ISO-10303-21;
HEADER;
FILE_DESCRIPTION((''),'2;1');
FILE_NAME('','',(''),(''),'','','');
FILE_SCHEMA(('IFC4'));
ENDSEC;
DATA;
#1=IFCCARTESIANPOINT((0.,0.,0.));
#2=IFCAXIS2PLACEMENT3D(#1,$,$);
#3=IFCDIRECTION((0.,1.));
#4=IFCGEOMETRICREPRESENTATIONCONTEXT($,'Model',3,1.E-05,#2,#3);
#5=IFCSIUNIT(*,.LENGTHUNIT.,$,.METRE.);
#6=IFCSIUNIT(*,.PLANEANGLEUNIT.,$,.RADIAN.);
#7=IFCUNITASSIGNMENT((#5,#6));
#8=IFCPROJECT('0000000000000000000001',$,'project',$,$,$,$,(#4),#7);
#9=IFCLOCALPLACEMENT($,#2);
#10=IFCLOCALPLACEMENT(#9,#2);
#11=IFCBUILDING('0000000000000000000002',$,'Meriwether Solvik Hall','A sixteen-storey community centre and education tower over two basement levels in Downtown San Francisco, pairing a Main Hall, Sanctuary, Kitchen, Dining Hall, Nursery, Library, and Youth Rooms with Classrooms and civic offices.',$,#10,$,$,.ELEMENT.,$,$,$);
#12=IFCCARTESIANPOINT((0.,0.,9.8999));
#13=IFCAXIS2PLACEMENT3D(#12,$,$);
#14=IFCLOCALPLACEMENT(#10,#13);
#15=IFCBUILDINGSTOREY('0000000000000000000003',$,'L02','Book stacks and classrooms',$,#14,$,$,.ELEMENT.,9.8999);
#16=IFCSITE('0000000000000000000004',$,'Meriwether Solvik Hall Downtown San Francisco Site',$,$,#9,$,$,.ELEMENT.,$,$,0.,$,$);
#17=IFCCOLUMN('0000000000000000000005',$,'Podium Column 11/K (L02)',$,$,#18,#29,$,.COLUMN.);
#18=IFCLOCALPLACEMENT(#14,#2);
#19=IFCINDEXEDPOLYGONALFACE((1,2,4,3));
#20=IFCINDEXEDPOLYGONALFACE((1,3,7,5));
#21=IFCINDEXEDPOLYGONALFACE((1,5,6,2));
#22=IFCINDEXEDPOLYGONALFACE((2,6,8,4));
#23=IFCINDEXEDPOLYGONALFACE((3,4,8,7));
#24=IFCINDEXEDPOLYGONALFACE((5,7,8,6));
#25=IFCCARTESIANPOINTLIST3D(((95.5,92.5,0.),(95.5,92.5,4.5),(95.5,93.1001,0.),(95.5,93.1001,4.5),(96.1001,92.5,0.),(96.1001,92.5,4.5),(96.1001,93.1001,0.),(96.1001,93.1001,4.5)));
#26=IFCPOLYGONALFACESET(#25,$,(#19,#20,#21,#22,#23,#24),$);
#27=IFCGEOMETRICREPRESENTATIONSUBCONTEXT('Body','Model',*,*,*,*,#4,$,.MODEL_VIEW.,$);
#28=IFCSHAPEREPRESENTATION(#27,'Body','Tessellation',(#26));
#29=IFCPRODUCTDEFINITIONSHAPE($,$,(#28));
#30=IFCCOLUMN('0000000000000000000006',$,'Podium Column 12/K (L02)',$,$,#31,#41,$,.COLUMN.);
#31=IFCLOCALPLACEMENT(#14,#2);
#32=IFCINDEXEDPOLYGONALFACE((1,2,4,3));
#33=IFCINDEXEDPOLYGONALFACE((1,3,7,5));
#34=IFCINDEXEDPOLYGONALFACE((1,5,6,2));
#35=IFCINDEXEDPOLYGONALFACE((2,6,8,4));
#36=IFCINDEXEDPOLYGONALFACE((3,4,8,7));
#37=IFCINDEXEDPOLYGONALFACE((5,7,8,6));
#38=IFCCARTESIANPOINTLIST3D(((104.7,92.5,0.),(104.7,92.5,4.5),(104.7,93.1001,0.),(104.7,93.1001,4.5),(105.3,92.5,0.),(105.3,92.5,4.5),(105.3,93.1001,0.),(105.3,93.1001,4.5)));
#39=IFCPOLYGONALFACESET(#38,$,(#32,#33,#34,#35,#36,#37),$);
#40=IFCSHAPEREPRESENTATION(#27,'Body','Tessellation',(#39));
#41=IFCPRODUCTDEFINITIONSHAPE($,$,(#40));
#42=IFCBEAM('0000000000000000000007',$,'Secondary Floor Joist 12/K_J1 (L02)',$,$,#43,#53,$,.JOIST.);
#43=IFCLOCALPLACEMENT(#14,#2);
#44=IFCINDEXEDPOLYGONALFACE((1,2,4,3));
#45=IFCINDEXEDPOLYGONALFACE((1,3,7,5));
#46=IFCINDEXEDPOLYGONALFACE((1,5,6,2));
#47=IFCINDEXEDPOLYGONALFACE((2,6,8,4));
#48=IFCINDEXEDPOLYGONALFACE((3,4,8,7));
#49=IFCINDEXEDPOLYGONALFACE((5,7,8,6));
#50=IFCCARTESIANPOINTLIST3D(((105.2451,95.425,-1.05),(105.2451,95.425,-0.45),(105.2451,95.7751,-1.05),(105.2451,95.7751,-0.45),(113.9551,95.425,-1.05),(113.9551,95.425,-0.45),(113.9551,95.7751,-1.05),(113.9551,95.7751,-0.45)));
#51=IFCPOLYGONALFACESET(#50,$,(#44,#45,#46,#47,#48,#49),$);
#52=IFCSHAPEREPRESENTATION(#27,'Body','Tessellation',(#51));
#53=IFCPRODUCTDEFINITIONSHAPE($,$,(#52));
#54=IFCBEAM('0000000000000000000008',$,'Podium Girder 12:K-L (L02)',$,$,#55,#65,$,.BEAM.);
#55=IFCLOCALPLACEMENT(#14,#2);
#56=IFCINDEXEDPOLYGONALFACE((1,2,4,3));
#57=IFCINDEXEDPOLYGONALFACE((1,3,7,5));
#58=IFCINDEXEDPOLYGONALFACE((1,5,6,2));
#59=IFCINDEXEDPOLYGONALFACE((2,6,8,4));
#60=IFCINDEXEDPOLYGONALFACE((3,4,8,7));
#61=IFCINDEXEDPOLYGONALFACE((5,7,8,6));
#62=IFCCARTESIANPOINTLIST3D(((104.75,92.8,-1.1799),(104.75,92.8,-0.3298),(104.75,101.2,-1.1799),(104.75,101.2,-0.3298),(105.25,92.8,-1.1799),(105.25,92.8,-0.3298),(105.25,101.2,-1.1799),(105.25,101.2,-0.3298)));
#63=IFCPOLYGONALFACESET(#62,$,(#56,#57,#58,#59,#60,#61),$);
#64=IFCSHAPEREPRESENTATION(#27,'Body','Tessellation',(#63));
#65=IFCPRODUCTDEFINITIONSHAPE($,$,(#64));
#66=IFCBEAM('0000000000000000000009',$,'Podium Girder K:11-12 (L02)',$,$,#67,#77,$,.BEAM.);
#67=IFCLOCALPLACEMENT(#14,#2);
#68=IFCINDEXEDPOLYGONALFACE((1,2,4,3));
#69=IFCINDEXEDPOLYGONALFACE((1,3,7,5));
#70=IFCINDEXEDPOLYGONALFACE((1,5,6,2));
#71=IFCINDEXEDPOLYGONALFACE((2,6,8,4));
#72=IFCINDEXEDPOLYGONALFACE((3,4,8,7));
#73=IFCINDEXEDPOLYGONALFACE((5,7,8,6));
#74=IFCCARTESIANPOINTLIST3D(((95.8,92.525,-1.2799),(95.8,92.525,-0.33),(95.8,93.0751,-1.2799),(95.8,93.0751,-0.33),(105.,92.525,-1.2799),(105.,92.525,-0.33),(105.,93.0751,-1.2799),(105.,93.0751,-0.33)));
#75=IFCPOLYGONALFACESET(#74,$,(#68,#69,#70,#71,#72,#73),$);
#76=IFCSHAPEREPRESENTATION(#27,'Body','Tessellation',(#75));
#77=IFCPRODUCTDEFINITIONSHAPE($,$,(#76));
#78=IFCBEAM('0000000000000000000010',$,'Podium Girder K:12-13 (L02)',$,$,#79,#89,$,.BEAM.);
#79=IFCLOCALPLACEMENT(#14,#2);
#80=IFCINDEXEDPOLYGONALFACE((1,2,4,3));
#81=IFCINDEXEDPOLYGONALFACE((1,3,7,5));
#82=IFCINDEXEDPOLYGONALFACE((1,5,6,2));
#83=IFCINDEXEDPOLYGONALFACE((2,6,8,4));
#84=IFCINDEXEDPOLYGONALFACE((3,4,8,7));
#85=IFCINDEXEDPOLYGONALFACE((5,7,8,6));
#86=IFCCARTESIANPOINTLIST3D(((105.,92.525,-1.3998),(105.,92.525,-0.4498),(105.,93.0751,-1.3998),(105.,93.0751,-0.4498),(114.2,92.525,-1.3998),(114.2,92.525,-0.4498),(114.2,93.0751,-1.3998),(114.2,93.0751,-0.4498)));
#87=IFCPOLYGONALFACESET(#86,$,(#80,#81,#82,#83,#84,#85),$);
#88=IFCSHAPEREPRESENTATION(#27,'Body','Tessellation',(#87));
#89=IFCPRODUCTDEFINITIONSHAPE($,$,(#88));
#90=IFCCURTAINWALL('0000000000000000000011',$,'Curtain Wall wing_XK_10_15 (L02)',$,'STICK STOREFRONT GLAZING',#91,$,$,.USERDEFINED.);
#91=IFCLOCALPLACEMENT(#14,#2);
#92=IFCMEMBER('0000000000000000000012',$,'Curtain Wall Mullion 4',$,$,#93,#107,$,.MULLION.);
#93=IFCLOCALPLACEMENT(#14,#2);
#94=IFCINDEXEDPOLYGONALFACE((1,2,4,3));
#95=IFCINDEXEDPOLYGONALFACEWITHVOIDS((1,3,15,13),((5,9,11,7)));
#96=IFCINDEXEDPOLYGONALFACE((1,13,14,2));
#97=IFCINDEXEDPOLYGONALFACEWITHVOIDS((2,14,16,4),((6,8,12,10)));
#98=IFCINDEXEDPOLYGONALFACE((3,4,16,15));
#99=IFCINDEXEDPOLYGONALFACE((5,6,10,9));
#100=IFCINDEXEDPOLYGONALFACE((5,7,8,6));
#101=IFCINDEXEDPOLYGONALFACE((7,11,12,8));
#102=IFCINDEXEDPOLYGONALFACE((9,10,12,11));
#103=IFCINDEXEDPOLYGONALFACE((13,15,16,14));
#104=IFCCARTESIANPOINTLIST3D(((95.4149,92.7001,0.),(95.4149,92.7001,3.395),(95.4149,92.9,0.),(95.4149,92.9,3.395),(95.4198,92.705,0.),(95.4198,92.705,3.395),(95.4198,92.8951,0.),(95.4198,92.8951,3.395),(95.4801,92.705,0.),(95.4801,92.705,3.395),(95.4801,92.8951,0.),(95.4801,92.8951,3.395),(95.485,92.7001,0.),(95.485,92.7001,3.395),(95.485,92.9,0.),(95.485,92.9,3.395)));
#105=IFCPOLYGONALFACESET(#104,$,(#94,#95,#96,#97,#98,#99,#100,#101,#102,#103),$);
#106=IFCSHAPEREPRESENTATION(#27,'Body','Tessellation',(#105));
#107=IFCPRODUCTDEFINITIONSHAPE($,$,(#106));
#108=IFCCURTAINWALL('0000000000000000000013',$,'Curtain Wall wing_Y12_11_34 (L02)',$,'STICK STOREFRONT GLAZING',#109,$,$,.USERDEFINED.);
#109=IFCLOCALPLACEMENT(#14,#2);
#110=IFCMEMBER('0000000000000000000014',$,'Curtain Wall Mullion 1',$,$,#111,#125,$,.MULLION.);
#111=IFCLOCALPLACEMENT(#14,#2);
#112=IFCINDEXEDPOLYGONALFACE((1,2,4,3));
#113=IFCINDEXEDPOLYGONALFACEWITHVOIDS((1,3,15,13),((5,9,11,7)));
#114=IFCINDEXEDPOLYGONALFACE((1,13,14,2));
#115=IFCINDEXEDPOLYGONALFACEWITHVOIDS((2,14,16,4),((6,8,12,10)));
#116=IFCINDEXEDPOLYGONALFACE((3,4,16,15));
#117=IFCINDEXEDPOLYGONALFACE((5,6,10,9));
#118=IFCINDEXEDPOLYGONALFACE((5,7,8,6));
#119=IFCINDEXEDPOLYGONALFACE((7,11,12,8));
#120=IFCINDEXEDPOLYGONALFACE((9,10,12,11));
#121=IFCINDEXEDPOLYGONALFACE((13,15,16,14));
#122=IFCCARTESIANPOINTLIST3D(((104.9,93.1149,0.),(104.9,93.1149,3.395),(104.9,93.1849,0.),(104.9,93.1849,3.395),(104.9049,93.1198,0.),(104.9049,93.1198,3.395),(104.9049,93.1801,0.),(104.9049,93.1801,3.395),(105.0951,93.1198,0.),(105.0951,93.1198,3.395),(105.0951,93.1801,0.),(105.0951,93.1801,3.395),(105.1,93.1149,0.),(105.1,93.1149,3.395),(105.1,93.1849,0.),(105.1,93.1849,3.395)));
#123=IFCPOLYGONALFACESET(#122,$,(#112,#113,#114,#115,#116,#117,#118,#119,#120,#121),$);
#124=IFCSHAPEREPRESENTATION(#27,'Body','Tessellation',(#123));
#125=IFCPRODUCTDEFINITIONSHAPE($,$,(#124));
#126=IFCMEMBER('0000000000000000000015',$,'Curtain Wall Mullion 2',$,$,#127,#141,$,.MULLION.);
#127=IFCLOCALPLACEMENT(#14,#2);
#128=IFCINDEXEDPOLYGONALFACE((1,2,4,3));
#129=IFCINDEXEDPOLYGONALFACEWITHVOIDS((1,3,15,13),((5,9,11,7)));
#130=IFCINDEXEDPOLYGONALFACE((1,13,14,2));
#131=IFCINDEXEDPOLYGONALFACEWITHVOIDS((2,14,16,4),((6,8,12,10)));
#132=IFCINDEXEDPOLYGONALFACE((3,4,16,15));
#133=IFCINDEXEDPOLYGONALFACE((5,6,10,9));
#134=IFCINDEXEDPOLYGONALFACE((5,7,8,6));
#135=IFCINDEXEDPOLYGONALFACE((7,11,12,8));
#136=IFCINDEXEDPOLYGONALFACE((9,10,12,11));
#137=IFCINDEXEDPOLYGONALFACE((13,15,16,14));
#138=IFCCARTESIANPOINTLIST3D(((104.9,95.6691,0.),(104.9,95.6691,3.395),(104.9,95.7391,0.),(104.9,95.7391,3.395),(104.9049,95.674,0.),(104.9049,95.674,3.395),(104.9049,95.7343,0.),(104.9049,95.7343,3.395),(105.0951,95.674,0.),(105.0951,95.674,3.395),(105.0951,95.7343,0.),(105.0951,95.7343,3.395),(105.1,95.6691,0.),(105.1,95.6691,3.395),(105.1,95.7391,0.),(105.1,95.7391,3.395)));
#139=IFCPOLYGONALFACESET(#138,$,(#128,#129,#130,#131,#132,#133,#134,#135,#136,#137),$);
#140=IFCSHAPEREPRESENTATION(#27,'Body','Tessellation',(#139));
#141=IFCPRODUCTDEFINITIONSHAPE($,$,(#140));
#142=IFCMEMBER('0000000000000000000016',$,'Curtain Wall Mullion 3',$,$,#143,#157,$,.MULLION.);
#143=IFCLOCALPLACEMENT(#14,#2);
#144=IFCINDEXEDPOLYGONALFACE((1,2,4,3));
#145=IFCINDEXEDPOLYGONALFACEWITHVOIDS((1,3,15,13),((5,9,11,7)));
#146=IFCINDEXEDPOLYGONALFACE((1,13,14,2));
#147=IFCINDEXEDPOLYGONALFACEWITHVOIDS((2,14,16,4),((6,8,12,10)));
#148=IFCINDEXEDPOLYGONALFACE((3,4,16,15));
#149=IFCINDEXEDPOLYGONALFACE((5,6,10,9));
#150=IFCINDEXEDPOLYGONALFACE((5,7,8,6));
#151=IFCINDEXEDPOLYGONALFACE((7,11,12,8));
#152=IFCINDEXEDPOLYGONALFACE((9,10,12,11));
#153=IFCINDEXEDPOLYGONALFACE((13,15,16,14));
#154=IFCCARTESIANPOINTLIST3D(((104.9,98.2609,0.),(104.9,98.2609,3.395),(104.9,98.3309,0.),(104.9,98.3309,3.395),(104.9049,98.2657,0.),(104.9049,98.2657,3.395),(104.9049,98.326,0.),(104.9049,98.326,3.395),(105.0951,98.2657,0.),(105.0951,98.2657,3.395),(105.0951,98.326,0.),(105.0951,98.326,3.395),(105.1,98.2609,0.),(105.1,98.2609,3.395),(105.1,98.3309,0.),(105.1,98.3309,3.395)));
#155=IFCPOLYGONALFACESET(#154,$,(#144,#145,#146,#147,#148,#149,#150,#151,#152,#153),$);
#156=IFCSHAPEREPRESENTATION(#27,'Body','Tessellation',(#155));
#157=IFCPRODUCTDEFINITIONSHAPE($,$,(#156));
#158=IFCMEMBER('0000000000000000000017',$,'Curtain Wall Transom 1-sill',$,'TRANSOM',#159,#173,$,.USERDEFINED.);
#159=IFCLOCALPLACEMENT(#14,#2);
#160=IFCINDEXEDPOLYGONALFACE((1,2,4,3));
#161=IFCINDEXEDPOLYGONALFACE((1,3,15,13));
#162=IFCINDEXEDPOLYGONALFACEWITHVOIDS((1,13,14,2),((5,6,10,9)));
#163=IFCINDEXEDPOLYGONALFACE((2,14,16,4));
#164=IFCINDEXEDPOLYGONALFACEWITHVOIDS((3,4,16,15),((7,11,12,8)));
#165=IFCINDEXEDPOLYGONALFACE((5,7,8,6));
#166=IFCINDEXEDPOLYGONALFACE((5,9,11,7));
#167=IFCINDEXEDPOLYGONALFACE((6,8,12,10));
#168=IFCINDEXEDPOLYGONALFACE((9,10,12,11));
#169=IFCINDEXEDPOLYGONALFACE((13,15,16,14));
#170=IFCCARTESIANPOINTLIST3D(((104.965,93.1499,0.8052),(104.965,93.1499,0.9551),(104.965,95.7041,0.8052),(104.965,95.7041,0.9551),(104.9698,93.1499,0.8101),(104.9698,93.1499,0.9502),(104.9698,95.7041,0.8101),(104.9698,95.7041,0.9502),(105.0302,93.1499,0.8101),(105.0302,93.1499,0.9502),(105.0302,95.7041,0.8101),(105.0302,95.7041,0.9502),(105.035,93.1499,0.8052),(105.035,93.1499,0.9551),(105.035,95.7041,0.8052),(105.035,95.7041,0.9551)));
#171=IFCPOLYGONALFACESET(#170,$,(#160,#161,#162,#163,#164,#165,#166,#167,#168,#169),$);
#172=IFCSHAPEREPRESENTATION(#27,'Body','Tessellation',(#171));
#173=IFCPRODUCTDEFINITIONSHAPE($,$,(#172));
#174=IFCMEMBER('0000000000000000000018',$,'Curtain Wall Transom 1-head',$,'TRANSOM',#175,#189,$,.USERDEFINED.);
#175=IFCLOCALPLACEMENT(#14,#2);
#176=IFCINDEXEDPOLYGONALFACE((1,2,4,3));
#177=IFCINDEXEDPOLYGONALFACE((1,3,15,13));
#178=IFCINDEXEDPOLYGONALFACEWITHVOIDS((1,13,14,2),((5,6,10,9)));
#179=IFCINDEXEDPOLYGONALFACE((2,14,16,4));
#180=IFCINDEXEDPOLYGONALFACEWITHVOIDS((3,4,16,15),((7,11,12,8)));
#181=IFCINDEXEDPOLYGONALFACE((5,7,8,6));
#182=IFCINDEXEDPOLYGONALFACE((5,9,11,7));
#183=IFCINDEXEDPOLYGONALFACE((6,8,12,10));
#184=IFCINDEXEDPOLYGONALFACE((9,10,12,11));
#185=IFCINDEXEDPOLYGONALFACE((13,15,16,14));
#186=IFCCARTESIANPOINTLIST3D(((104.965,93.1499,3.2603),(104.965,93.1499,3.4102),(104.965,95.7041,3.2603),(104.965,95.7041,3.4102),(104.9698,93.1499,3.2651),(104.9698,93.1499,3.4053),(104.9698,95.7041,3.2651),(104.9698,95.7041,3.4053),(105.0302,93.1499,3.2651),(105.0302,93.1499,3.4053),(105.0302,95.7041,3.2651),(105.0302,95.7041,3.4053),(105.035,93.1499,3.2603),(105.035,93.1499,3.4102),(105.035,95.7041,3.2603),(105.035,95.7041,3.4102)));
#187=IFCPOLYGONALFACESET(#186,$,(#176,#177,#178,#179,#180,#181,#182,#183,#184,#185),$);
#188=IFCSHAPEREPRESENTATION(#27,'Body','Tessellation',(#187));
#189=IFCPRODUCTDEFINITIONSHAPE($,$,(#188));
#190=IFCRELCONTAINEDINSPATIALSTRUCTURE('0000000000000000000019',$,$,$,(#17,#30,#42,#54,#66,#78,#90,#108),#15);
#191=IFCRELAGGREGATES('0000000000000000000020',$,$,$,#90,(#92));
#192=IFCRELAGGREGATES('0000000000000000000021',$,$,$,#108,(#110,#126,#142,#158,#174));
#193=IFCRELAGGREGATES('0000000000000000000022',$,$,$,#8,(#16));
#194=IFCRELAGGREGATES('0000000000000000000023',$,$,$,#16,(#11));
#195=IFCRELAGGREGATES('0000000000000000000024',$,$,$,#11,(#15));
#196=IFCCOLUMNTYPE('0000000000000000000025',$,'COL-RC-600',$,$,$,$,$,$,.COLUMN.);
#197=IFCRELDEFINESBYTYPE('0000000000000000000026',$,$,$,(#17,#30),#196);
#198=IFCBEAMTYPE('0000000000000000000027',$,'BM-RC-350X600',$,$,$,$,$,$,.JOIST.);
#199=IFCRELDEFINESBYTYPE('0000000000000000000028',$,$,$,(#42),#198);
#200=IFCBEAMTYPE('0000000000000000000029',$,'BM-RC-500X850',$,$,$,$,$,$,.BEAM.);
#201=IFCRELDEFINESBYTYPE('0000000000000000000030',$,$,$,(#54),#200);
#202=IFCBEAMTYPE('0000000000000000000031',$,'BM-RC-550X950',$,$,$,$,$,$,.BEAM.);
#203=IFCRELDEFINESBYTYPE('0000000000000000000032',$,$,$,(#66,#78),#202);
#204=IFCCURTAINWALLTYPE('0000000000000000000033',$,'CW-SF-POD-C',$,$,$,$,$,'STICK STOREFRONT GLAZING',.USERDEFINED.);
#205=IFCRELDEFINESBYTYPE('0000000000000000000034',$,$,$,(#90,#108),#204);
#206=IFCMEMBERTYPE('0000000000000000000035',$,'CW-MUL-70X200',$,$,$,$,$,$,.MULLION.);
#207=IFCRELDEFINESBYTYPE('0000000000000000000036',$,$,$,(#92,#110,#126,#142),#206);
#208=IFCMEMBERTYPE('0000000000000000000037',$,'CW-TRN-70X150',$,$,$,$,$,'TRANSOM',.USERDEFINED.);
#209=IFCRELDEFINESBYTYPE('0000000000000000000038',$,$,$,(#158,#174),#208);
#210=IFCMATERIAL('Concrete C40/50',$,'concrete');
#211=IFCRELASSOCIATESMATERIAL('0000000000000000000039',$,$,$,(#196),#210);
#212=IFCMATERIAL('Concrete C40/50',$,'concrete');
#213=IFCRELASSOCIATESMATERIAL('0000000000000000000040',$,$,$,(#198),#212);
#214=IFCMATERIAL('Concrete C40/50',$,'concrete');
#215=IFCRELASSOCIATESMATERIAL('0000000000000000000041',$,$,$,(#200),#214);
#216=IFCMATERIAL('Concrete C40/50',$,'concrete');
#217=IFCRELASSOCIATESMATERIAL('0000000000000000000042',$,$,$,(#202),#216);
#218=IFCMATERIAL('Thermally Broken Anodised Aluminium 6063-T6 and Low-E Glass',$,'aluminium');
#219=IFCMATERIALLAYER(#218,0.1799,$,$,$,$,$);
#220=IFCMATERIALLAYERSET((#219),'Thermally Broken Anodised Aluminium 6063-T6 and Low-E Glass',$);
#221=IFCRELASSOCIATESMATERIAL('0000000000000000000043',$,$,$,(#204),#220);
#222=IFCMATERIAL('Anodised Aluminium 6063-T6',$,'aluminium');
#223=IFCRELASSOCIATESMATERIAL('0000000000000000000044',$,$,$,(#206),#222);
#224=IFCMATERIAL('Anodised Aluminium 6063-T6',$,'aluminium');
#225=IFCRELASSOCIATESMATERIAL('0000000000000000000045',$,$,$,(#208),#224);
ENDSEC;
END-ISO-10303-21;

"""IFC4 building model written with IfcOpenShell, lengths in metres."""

from ifc_helpers import new_model, si_unit, direction, frame, origin, origin_2d, place, context, subcontext, project, spatial, rectangle, hollow_rectangle, extrude, material, layer, layer_set, material_profile, profile_set, type_object, element, aggregate, save


model = new_model("IFC4")

# Units and contexts
model_context = context("Model", 3, precision=1e-05, world=origin(), true_north=direction((0.0, 1.0)))
body_context = subcontext(model_context, "Body", "Model", "MODEL_VIEW")
ifc_project = project(units=[si_unit("LENGTHUNIT", "METRE"), si_unit("PLANEANGLEUNIT", "RADIAN")], contexts=[model_context])

# Site, building, storey
site_placement = place(None, origin())
site = spatial("IfcSite", under=ifc_project, at=site_placement, Name="Meriwether Solvik Hall Downtown San Francisco Site", CompositionType="ELEMENT", RefElevation=0.0)
building_placement = place(site_placement, origin())
building = spatial("IfcBuilding", under=site, at=building_placement, Name="Meriwether Solvik Hall", Description="A sixteen-storey community centre and education tower over two basement levels in Downtown San Francisco, pairing a Main Hall, Sanctuary, Kitchen, Dining Hall, Nursery, Library, and Youth Rooms with Classrooms and civic offices.", CompositionType="ELEMENT")
storey_placement = place(building_placement, frame((0.0, 0.0, 9.8999)))
storey = spatial("IfcBuildingStorey", under=building, at=storey_placement, Name="L02", Description="Book stacks and classrooms", CompositionType="ELEMENT", Elevation=9.8999)

# Columns
ifc_material_1 = material(Name="Concrete C40/50", Category="concrete")
ifc_material_profile_1 = material_profile(ifc_material_1, rectangle(XDim=0.6001, YDim=0.6001, at=origin_2d()), Name="RCC-600X600")
ifc_profile_set_1 = profile_set([ifc_material_profile_1], Name="Concrete C40/50")
column_type = type_object("IfcColumnType", Name="COL-RC-600", PredefinedType="COLUMN", material=ifc_profile_set_1)
for number, where, z_axis, x_axis, name in (
    (1, (95.8, 92.8, 0.0), (0.0, 0.0, 1.0), (1.0, 0.0, 0.0), "Podium Column 11/K (L02)"),
    (2, (105.0, 92.8, 0.0), (0.0, 0.0, 1.0), (1.0, 0.0, 0.0), "Podium Column 12/K (L02)"),
):
    element("IfcColumn", number, at=place(storey_placement, frame(where, z_axis=z_axis, x_axis=x_axis)), inside=storey, type_object=column_type, Name=name, PredefinedType="COLUMN", context=body_context, shape_type="SweptSolid", body=[
        extrude(rectangle(XDim=0.6001, YDim=0.6001, at=origin_2d()), origin(), (0.0, 0.0, 1.0), 4.5),
    ])

# Beams
ifc_material_2 = material(Name="Concrete C40/50", Category="concrete")
ifc_material_profile_2 = material_profile(ifc_material_2, rectangle(XDim=0.3501, YDim=0.6001, at=origin_2d()), Name="RCB-350X600")
ifc_profile_set_2 = profile_set([ifc_material_profile_2], Name="Concrete C40/50")
beam_type_1 = type_object("IfcBeamType", Name="BM-RC-350X600", PredefinedType="JOIST", material=ifc_profile_set_2)
beam_1_placement = place(storey_placement, frame((105.2451, 95.6001, -0.75), z_axis=(1.0, 0.0, 0.0), x_axis=(0.0, 1.0, 0.0)))
element("IfcBeam", 3, at=beam_1_placement, inside=storey, type_object=beam_type_1, Name="Secondary Floor Joist 12/K_J1 (L02)", PredefinedType="JOIST", context=body_context, shape_type="SweptSolid", body=[
    extrude(rectangle(XDim=0.3501, YDim=0.6001, at=origin_2d()), origin(), (0.0, 0.0, 1.0), 8.71),
])
ifc_material_3 = material(Name="Concrete C40/50", Category="concrete")
ifc_material_profile_3 = material_profile(ifc_material_3, rectangle(XDim=0.5, YDim=0.8501, at=origin_2d()), Name="RCB-500X850")
ifc_profile_set_3 = profile_set([ifc_material_profile_3], Name="Concrete C40/50")
beam_type_2 = type_object("IfcBeamType", Name="BM-RC-500X850", PredefinedType="BEAM", material=ifc_profile_set_3)
beam_2_placement = place(storey_placement, frame((105.0, 92.8, -0.7549), z_axis=(0.0, 1.0, 0.0), x_axis=(-1.0, 0.0, 0.0)))
element("IfcBeam", 4, at=beam_2_placement, inside=storey, type_object=beam_type_2, Name="Podium Girder 12:K-L (L02)", PredefinedType="BEAM", context=body_context, shape_type="SweptSolid", body=[
    extrude(rectangle(XDim=0.5, YDim=0.8501, at=origin_2d()), origin(), (0.0, 0.0, 1.0), 8.3999),
])
ifc_material_4 = material(Name="Concrete C40/50", Category="concrete")
ifc_material_profile_4 = material_profile(ifc_material_4, rectangle(XDim=0.55, YDim=0.95, at=origin_2d()), Name="RCB-550X950")
ifc_profile_set_4 = profile_set([ifc_material_profile_4], Name="Concrete C40/50")
beam_type_3 = type_object("IfcBeamType", Name="BM-RC-550X950", PredefinedType="BEAM", material=ifc_profile_set_4)
for number, where, z_axis, x_axis, name in (
    (5, (95.8, 92.8, -0.8049), (1.0, 0.0, 0.0), (0.0, 1.0, 0.0), "Podium Girder K:11-12 (L02)"),
    (6, (105.0, 92.8, -0.9248), (1.0, 0.0, 0.0), (0.0, 1.0, 0.0), "Podium Girder K:12-13 (L02)"),
):
    element("IfcBeam", number, at=place(storey_placement, frame(where, z_axis=z_axis, x_axis=x_axis)), inside=storey, type_object=beam_type_3, Name=name, PredefinedType="BEAM", context=body_context, shape_type="SweptSolid", body=[
        extrude(rectangle(XDim=0.55, YDim=0.95, at=origin_2d()), origin(), (0.0, 0.0, 1.0), 9.2),
    ])

# Curtain wall, member
ifc_material_5 = material(Name="Thermally Broken Anodised Aluminium 6063-T6 and Low-E Glass", Category="aluminium")
ifc_layer_1 = layer(ifc_material_5, 0.1799)
ifc_layer_set_1 = layer_set([ifc_layer_1], Name="Thermally Broken Anodised Aluminium 6063-T6 and Low-E Glass")
curtain_wall_type = type_object("IfcCurtainWallType", Name="CW-SF-POD-C", ElementType="STICK STOREFRONT GLAZING", PredefinedType="USERDEFINED", material=ifc_layer_set_1)
curtain_wall_1_placement = place(storey_placement, origin())
curtain_wall_1 = element("IfcCurtainWall", 7, at=curtain_wall_1_placement, inside=storey, type_object=curtain_wall_type, Name="Curtain Wall wing_XK_10_15 (L02)", ObjectType="STICK STOREFRONT GLAZING", PredefinedType="USERDEFINED")
ifc_material_6 = material(Name="Anodised Aluminium 6063-T6", Category="aluminium")
ifc_material_profile_5 = material_profile(ifc_material_6, hollow_rectangle(XDim=0.0701, YDim=0.2, WallThickness=0.0049, at=origin_2d()), Name="CWM-70X200")
ifc_profile_set_5 = profile_set([ifc_material_profile_5], Name="Anodised Aluminium 6063-T6")
member_type_1 = type_object("IfcMemberType", Name="CW-MUL-70X200", PredefinedType="MULLION", material=ifc_profile_set_5)
member_1_placement = place(storey_placement, frame((95.45, 92.8, 0.0), z_axis=(0.0, 0.0, 1.0), x_axis=(1.0, 0.0, 0.0)))
member_1 = element("IfcMember", 8, at=member_1_placement, type_object=member_type_1, Name="Curtain Wall Mullion 4", PredefinedType="MULLION", context=body_context, shape_type="SweptSolid", body=[
    extrude(hollow_rectangle(XDim=0.0701, YDim=0.2, WallThickness=0.0049, at=origin_2d()), origin(), (0.0, 0.0, 1.0), 3.395),
])
aggregate(curtain_wall_1, [member_1])

# Curtain wall, members
curtain_wall_2_placement = place(storey_placement, origin())
curtain_wall_2 = element("IfcCurtainWall", 9, at=curtain_wall_2_placement, inside=storey, type_object=curtain_wall_type, Name="Curtain Wall wing_Y12_11_34 (L02)", ObjectType="STICK STOREFRONT GLAZING", PredefinedType="USERDEFINED")
member_2_placement = place(storey_placement, frame((105.0, 93.1499, 0.0), z_axis=(0.0, 0.0, 1.0), x_axis=(0.0, 1.0, 0.0)))
member_2 = element("IfcMember", 10, at=member_2_placement, type_object=member_type_1, Name="Curtain Wall Mullion 1", PredefinedType="MULLION", context=body_context, shape_type="SweptSolid", body=[
    extrude(hollow_rectangle(XDim=0.0701, YDim=0.2, WallThickness=0.0049, at=origin_2d()), origin(), (0.0, 0.0, 1.0), 3.395),
])
member_3_placement = place(storey_placement, frame((105.0, 95.7041, 0.0), z_axis=(0.0, 0.0, 1.0), x_axis=(0.0, 1.0, 0.0)))
member_3 = element("IfcMember", 11, at=member_3_placement, type_object=member_type_1, Name="Curtain Wall Mullion 2", PredefinedType="MULLION", context=body_context, shape_type="SweptSolid", body=[
    extrude(hollow_rectangle(XDim=0.0701, YDim=0.2, WallThickness=0.0049, at=origin_2d()), origin(), (0.0, 0.0, 1.0), 3.395),
])
member_4_placement = place(storey_placement, frame((105.0, 98.2959, 0.0), z_axis=(0.0, 0.0, 1.0), x_axis=(0.0, 1.0, 0.0)))
member_4 = element("IfcMember", 12, at=member_4_placement, type_object=member_type_1, Name="Curtain Wall Mullion 3", PredefinedType="MULLION", context=body_context, shape_type="SweptSolid", body=[
    extrude(hollow_rectangle(XDim=0.0701, YDim=0.2, WallThickness=0.0049, at=origin_2d()), origin(), (0.0, 0.0, 1.0), 3.395),
])
ifc_material_7 = material(Name="Anodised Aluminium 6063-T6", Category="aluminium")
ifc_material_profile_6 = material_profile(ifc_material_7, hollow_rectangle(XDim=0.0701, YDim=0.1499, WallThickness=0.0049, at=origin_2d()), Name="CWT-70X150")
ifc_profile_set_6 = profile_set([ifc_material_profile_6], Name="Anodised Aluminium 6063-T6")
member_type_2 = type_object("IfcMemberType", Name="CW-TRN-70X150", ElementType="TRANSOM", PredefinedType="USERDEFINED", material=ifc_profile_set_6)
member_5_placement = place(storey_placement, frame((105.0, 93.1499, 0.8801), z_axis=(0.0, 1.0, 0.0), x_axis=(-1.0, 0.0, 0.0)))
member_5 = element("IfcMember", 13, at=member_5_placement, type_object=member_type_2, Name="Curtain Wall Transom 1-sill", ObjectType="TRANSOM", PredefinedType="USERDEFINED", context=body_context, shape_type="SweptSolid", body=[
    extrude(hollow_rectangle(XDim=0.0701, YDim=0.1499, WallThickness=0.0049, at=origin_2d()), origin(), (0.0, 0.0, 1.0), 2.5542),
])
member_6_placement = place(storey_placement, frame((105.0, 93.1499, 3.3352), z_axis=(0.0, 1.0, 0.0), x_axis=(-1.0, 0.0, 0.0)))
member_6 = element("IfcMember", 14, at=member_6_placement, type_object=member_type_2, Name="Curtain Wall Transom 1-head", ObjectType="TRANSOM", PredefinedType="USERDEFINED", context=body_context, shape_type="SweptSolid", body=[
    extrude(hollow_rectangle(XDim=0.0701, YDim=0.1499, WallThickness=0.0049, at=origin_2d()), origin(), (0.0, 0.0, 1.0), 2.5542),
])
aggregate(curtain_wall_2, [member_2, member_3, member_4, member_5, member_6])

save(model, "model.ifc")
